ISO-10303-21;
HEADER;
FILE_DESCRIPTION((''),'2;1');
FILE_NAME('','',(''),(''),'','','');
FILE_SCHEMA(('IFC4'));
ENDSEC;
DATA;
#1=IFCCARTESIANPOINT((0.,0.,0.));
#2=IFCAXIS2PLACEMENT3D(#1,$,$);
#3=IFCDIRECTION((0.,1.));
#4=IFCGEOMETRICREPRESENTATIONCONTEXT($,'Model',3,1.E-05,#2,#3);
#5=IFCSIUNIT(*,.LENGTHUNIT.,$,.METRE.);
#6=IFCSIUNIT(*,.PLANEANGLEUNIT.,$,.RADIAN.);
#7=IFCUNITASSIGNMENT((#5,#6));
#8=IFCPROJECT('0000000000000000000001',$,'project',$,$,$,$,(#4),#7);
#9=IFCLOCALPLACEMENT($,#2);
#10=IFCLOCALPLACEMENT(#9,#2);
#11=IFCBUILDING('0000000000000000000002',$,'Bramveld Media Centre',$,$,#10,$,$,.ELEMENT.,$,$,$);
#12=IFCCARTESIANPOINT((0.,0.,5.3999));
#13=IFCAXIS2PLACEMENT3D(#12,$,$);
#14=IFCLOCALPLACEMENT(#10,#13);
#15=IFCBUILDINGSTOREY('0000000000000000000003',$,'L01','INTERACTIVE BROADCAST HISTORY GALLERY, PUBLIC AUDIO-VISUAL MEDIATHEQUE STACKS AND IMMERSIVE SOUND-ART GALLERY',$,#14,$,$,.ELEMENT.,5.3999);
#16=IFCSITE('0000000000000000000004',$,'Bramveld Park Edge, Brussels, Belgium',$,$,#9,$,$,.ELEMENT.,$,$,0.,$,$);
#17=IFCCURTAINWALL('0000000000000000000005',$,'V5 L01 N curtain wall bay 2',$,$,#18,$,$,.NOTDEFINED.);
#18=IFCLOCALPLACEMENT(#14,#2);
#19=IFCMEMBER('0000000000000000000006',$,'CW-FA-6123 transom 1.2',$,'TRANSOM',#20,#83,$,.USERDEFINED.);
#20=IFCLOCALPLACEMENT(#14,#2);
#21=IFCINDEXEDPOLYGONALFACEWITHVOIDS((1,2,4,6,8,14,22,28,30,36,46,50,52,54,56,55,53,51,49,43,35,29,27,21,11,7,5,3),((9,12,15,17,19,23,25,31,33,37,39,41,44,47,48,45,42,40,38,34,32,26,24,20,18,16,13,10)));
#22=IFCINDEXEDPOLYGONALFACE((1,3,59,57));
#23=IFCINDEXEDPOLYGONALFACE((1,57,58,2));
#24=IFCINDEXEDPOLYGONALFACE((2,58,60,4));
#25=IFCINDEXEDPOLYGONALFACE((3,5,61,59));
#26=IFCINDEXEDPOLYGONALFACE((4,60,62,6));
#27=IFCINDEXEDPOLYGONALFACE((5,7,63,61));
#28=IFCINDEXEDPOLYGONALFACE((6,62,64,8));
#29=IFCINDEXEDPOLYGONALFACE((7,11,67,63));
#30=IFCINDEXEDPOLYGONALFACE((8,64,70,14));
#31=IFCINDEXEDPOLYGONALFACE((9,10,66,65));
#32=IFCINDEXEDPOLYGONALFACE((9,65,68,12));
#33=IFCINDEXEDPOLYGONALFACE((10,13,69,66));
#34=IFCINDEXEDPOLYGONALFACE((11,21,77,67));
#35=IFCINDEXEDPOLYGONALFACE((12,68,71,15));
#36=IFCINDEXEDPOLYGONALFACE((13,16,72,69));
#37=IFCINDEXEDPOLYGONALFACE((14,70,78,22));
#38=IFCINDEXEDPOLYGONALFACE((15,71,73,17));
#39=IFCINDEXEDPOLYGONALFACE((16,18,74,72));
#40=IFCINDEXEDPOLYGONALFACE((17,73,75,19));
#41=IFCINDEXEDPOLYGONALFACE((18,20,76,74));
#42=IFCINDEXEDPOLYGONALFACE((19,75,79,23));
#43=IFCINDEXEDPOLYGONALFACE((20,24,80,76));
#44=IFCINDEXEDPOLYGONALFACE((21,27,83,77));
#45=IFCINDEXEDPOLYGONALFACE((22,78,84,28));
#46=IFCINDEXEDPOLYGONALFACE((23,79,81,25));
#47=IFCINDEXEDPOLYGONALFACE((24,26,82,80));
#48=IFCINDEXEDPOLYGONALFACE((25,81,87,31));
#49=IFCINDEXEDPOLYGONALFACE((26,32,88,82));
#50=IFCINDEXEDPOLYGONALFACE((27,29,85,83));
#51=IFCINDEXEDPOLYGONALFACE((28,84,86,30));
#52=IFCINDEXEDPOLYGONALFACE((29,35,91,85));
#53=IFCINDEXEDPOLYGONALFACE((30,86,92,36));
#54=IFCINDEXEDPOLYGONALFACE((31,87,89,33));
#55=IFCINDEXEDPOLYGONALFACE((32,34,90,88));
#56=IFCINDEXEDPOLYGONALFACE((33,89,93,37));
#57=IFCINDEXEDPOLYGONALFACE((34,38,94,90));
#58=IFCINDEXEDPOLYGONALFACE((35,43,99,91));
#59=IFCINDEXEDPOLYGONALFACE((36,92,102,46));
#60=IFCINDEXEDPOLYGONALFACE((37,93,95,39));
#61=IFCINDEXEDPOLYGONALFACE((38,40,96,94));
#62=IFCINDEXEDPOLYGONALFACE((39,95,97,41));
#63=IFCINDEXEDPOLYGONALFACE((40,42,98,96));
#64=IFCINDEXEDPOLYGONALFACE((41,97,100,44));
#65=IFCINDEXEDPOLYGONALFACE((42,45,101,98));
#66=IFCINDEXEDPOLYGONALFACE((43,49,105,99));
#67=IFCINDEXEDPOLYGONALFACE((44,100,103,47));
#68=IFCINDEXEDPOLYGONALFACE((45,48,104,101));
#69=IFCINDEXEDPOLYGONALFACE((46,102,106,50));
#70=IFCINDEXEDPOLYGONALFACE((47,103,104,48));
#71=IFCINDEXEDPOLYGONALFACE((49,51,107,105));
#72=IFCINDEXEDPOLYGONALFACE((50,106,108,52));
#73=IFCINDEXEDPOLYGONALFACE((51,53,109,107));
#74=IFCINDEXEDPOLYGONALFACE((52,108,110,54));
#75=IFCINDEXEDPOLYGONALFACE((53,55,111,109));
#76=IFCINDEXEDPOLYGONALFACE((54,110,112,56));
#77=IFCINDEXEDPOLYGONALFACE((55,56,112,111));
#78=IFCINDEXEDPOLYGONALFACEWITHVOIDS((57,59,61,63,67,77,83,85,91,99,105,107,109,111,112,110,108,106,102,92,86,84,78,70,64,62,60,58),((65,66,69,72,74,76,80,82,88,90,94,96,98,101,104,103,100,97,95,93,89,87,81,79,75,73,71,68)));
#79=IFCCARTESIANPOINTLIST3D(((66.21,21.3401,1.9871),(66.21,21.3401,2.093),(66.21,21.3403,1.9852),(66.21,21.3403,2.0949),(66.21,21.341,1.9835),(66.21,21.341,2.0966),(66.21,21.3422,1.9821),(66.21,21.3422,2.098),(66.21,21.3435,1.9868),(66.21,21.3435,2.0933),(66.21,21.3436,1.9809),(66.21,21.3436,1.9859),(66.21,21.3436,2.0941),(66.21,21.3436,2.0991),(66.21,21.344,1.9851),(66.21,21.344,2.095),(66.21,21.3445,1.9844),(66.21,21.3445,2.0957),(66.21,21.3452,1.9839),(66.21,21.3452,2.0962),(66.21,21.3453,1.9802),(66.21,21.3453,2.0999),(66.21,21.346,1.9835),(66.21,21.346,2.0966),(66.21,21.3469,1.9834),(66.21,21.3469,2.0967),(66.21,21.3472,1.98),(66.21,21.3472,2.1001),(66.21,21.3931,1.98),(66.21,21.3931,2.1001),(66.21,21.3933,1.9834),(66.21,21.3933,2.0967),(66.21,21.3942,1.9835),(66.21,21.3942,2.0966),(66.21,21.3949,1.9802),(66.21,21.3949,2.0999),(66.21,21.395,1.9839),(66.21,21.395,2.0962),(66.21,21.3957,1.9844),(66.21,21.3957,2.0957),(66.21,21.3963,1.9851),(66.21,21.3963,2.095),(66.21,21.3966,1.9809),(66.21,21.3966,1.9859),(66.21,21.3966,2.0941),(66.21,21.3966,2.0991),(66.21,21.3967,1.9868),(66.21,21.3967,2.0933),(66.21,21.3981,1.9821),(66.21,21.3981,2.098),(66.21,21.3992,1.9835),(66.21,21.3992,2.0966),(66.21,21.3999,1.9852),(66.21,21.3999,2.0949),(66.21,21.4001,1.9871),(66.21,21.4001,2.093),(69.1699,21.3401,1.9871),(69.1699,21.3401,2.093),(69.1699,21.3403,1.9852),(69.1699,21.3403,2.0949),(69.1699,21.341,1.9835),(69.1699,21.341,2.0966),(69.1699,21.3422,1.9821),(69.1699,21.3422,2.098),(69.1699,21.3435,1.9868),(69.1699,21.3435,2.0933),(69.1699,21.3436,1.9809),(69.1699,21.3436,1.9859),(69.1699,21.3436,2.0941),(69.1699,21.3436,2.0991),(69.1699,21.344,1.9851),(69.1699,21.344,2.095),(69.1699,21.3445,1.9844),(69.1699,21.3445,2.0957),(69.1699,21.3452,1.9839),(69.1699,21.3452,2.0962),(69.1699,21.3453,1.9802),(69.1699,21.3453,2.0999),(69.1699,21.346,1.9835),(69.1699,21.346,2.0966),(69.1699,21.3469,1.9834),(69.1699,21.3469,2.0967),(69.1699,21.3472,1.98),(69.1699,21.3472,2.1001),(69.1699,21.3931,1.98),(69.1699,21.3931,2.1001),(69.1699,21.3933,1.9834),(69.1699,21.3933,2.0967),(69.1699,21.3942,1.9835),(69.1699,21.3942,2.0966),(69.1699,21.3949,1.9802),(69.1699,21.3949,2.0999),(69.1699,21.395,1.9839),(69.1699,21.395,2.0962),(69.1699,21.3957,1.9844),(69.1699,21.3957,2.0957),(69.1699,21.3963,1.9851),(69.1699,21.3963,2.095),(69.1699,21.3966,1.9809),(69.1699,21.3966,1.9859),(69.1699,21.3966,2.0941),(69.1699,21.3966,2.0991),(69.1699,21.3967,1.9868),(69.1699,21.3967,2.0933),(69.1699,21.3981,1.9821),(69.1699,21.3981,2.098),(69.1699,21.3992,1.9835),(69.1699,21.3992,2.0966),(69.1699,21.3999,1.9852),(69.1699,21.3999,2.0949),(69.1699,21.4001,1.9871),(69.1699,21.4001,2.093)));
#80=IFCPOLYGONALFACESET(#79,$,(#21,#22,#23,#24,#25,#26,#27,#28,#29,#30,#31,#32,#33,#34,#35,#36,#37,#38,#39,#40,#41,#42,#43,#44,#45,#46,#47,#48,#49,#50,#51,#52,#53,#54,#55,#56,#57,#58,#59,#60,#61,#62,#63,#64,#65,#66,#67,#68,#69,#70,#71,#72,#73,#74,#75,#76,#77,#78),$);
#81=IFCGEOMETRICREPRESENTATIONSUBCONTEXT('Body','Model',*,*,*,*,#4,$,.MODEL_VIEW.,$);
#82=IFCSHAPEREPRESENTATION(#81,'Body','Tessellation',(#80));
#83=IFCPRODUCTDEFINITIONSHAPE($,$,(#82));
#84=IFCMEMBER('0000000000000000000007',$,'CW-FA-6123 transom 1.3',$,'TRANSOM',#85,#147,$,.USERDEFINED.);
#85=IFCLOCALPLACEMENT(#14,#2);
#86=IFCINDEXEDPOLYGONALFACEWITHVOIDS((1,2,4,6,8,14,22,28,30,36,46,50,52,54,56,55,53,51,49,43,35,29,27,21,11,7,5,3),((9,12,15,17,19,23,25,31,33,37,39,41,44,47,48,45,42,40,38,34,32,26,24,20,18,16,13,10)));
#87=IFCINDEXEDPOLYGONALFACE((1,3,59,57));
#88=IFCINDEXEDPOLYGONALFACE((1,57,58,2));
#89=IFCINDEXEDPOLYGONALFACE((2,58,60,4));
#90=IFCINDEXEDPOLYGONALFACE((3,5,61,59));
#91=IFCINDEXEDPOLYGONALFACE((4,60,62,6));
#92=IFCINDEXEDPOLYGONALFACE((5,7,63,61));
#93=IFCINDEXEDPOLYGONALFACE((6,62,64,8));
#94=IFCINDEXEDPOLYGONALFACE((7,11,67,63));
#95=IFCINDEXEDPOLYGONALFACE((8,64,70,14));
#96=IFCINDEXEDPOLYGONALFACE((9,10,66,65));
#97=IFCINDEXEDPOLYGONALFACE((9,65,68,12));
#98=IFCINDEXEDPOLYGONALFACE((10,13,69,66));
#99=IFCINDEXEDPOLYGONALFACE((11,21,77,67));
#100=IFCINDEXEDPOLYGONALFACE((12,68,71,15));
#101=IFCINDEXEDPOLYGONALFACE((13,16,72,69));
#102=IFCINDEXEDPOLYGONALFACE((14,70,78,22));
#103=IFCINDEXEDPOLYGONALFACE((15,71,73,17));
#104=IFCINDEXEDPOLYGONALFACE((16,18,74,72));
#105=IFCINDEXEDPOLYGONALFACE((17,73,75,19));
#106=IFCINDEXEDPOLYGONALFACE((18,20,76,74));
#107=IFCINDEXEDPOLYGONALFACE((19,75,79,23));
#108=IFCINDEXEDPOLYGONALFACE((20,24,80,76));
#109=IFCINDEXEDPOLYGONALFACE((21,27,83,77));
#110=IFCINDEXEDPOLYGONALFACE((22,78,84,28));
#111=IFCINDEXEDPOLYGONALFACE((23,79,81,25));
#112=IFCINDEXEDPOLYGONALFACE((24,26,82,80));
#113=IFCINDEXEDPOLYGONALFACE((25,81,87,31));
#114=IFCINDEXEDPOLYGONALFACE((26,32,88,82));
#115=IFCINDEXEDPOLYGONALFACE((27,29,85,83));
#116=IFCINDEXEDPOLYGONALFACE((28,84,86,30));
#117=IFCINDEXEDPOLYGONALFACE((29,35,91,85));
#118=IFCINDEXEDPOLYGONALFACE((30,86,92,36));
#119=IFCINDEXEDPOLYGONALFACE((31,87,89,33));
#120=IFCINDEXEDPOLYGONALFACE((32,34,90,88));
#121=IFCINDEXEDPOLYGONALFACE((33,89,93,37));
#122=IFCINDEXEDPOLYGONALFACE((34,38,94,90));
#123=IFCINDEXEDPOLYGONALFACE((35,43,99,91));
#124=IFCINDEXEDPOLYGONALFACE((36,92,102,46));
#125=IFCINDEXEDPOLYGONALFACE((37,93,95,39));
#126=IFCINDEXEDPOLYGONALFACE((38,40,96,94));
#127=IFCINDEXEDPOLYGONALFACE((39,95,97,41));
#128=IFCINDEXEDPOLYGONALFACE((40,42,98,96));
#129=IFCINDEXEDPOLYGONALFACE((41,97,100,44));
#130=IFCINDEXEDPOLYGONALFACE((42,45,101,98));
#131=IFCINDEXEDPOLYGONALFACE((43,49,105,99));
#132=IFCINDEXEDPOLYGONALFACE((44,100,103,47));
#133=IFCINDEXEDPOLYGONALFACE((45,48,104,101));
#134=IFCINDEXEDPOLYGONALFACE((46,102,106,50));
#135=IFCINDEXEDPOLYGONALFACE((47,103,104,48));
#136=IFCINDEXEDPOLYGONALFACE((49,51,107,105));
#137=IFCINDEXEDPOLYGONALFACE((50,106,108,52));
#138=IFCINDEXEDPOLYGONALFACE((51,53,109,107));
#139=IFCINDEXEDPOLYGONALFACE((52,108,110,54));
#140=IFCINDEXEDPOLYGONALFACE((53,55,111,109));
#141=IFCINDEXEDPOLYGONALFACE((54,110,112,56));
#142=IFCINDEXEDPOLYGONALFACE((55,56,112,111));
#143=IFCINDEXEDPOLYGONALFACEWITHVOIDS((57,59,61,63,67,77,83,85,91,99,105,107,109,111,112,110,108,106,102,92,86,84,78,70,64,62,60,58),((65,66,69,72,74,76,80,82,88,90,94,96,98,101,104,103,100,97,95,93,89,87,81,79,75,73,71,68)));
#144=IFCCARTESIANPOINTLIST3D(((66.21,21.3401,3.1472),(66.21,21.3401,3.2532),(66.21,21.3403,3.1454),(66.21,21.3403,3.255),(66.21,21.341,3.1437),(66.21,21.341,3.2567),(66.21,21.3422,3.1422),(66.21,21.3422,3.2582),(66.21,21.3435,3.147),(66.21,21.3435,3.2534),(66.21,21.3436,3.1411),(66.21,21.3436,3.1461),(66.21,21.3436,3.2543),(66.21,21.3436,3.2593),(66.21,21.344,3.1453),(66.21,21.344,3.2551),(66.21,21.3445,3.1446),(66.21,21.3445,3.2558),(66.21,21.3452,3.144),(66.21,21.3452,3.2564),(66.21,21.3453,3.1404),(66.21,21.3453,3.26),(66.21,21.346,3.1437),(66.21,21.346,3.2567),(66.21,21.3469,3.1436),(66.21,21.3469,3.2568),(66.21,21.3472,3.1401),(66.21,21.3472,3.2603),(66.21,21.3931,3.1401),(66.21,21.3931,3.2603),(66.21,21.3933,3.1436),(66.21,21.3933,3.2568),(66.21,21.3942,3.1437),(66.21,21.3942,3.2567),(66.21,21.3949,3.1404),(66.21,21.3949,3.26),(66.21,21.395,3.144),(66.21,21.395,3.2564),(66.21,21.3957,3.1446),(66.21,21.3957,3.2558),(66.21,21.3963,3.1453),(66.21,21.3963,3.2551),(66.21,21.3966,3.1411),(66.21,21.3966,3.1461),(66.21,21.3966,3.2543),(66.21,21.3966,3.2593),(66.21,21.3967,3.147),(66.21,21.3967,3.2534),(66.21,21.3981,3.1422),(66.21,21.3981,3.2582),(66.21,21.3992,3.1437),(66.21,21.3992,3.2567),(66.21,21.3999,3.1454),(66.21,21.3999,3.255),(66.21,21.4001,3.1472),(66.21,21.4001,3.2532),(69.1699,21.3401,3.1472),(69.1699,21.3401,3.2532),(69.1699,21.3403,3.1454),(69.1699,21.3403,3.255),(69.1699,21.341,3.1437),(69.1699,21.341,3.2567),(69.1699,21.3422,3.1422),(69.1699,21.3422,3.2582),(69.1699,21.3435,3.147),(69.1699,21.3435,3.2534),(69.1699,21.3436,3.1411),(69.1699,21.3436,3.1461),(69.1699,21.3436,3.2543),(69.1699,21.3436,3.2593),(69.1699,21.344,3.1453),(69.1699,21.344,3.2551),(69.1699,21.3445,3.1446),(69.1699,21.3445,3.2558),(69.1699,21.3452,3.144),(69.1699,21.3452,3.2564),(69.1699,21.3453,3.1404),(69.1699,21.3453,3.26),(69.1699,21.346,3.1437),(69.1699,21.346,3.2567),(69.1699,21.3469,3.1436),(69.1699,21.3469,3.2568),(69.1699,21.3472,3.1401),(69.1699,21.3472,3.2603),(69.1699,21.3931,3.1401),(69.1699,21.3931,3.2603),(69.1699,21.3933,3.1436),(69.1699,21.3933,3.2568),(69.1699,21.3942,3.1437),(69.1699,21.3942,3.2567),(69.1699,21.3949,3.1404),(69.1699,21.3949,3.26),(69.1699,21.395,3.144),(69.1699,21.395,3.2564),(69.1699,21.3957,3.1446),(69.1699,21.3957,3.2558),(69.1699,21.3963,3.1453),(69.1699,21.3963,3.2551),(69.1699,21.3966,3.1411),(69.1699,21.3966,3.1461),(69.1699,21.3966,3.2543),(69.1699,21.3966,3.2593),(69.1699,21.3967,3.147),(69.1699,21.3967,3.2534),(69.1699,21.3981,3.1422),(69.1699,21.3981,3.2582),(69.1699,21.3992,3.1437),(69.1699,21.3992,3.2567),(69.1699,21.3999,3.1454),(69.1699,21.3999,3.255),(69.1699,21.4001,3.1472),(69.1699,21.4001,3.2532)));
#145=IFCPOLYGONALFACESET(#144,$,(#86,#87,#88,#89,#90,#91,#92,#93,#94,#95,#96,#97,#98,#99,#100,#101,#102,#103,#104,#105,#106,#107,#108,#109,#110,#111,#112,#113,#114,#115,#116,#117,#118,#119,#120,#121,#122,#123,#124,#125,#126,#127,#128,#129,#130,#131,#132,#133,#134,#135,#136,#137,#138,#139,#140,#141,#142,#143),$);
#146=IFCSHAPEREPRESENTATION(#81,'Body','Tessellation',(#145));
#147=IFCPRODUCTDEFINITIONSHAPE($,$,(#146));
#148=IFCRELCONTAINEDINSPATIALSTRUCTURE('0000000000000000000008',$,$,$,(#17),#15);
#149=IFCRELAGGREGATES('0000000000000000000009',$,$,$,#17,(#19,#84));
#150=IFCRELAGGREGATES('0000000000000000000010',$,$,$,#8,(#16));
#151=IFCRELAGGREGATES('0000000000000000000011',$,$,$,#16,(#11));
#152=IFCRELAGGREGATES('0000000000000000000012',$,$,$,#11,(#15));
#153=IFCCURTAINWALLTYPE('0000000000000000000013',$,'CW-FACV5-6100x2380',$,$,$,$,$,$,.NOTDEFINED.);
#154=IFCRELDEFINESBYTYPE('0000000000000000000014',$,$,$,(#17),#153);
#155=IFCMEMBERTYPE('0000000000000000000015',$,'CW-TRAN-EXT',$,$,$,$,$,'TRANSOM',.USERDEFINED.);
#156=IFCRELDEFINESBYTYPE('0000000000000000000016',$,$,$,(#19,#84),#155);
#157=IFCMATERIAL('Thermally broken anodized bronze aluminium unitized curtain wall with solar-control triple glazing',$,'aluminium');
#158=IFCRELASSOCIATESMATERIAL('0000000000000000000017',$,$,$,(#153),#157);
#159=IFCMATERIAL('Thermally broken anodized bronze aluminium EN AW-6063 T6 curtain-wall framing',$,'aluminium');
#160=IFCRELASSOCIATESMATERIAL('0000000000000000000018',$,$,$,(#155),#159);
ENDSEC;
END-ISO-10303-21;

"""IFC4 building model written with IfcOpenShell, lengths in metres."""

from ifc_helpers import new_model, si_unit, direction, frame, origin, origin_2d, place, context, subcontext, project, spatial, hollow_rectangle, extrude, material, material_profile, profile_set, type_object, element, aggregate, save


model = new_model("IFC4")

# Units and contexts
model_context = context("Model", 3, precision=1e-05, world=origin(), true_north=direction((0.0, 1.0)))
body_context = subcontext(model_context, "Body", "Model", "MODEL_VIEW")
ifc_project = project(units=[si_unit("LENGTHUNIT", "METRE"), si_unit("PLANEANGLEUNIT", "RADIAN")], contexts=[model_context])

# Site, building, storey
site_placement = place(None, origin())
site = spatial("IfcSite", under=ifc_project, at=site_placement, Name="Bramveld Park Edge, Brussels, Belgium", CompositionType="ELEMENT", RefElevation=0.0)
building_placement = place(site_placement, origin())
building = spatial("IfcBuilding", under=site, at=building_placement, Name="Bramveld Media Centre", CompositionType="ELEMENT")
storey_placement = place(building_placement, frame((0.0, 0.0, 5.3999)))
storey = spatial("IfcBuildingStorey", under=building, at=storey_placement, Name="L01", Description="INTERACTIVE BROADCAST HISTORY GALLERY, PUBLIC AUDIO-VISUAL MEDIATHEQUE STACKS AND IMMERSIVE SOUND-ART GALLERY", CompositionType="ELEMENT", Elevation=5.3999)

# Curtain wall
ifc_material_1 = material(Name="Thermally broken anodized bronze aluminium unitized curtain wall with solar-control triple glazing", Category="aluminium")
curtain_wall_type = type_object("IfcCurtainWallType", Name="CW-FACV5-6100x2380", PredefinedType="NOTDEFINED", material=ifc_material_1)
curtain_wall_1_placement = place(storey_placement, origin())
curtain_wall_1 = element("IfcCurtainWall", 1, at=curtain_wall_1_placement, inside=storey, type_object=curtain_wall_type, Name="V5 L01 N curtain wall bay 2", PredefinedType="NOTDEFINED")

# Members
ifc_material_2 = material(Name="Thermally broken anodized bronze aluminium EN AW-6063 T6 curtain-wall framing", Category="aluminium")
ifc_material_profile_1 = material_profile(ifc_material_2, hollow_rectangle(XDim=0.0601, YDim=0.1201, WallThickness=0.0034, InnerFilletRadius=0.0034, OuterFilletRadius=0.0071, at=origin_2d()), Name="AL-TRAN 60x120")
ifc_profile_set_1 = profile_set([ifc_material_profile_1], Name="Thermally broken anodized bronze aluminium EN AW-6063 T6 curtain-wall framing")
member_type_1 = type_object("IfcMemberType", Name="CW-TRAN-EXT", ElementType="TRANSOM", PredefinedType="USERDEFINED", material=ifc_profile_set_1)
member_1_placement = place(storey_placement, frame((66.21, 21.3701, 2.04), z_axis=(1.0, 0.0, 0.0), x_axis=(0.0, 1.0, 0.0)))
member_1 = element("IfcMember", 2, at=member_1_placement, type_object=member_type_1, Name="CW-FA-6123 transom 1.2", ObjectType="TRANSOM", PredefinedType="USERDEFINED", context=body_context, shape_type="SweptSolid", body=[
    extrude(hollow_rectangle(XDim=0.0601, YDim=0.1201, WallThickness=0.0034, InnerFilletRadius=0.0034, OuterFilletRadius=0.0071, at=origin_2d()), origin(), (0.0, 0.0, 1.0), 2.96),
])
member_2_placement = place(storey_placement, frame((66.21, 21.3701, 3.2002), z_axis=(1.0, 0.0, 0.0), x_axis=(0.0, 1.0, 0.0)))
member_2 = element("IfcMember", 3, at=member_2_placement, type_object=member_type_1, Name="CW-FA-6123 transom 1.3", ObjectType="TRANSOM", PredefinedType="USERDEFINED", context=body_context, shape_type="SweptSolid", body=[
    extrude(hollow_rectangle(XDim=0.0601, YDim=0.1201, WallThickness=0.0034, InnerFilletRadius=0.0034, OuterFilletRadius=0.0071, at=origin_2d()), origin(), (0.0, 0.0, 1.0), 2.96),
])

aggregate(curtain_wall_1, [member_1, member_2])

save(model, "model.ifc")
